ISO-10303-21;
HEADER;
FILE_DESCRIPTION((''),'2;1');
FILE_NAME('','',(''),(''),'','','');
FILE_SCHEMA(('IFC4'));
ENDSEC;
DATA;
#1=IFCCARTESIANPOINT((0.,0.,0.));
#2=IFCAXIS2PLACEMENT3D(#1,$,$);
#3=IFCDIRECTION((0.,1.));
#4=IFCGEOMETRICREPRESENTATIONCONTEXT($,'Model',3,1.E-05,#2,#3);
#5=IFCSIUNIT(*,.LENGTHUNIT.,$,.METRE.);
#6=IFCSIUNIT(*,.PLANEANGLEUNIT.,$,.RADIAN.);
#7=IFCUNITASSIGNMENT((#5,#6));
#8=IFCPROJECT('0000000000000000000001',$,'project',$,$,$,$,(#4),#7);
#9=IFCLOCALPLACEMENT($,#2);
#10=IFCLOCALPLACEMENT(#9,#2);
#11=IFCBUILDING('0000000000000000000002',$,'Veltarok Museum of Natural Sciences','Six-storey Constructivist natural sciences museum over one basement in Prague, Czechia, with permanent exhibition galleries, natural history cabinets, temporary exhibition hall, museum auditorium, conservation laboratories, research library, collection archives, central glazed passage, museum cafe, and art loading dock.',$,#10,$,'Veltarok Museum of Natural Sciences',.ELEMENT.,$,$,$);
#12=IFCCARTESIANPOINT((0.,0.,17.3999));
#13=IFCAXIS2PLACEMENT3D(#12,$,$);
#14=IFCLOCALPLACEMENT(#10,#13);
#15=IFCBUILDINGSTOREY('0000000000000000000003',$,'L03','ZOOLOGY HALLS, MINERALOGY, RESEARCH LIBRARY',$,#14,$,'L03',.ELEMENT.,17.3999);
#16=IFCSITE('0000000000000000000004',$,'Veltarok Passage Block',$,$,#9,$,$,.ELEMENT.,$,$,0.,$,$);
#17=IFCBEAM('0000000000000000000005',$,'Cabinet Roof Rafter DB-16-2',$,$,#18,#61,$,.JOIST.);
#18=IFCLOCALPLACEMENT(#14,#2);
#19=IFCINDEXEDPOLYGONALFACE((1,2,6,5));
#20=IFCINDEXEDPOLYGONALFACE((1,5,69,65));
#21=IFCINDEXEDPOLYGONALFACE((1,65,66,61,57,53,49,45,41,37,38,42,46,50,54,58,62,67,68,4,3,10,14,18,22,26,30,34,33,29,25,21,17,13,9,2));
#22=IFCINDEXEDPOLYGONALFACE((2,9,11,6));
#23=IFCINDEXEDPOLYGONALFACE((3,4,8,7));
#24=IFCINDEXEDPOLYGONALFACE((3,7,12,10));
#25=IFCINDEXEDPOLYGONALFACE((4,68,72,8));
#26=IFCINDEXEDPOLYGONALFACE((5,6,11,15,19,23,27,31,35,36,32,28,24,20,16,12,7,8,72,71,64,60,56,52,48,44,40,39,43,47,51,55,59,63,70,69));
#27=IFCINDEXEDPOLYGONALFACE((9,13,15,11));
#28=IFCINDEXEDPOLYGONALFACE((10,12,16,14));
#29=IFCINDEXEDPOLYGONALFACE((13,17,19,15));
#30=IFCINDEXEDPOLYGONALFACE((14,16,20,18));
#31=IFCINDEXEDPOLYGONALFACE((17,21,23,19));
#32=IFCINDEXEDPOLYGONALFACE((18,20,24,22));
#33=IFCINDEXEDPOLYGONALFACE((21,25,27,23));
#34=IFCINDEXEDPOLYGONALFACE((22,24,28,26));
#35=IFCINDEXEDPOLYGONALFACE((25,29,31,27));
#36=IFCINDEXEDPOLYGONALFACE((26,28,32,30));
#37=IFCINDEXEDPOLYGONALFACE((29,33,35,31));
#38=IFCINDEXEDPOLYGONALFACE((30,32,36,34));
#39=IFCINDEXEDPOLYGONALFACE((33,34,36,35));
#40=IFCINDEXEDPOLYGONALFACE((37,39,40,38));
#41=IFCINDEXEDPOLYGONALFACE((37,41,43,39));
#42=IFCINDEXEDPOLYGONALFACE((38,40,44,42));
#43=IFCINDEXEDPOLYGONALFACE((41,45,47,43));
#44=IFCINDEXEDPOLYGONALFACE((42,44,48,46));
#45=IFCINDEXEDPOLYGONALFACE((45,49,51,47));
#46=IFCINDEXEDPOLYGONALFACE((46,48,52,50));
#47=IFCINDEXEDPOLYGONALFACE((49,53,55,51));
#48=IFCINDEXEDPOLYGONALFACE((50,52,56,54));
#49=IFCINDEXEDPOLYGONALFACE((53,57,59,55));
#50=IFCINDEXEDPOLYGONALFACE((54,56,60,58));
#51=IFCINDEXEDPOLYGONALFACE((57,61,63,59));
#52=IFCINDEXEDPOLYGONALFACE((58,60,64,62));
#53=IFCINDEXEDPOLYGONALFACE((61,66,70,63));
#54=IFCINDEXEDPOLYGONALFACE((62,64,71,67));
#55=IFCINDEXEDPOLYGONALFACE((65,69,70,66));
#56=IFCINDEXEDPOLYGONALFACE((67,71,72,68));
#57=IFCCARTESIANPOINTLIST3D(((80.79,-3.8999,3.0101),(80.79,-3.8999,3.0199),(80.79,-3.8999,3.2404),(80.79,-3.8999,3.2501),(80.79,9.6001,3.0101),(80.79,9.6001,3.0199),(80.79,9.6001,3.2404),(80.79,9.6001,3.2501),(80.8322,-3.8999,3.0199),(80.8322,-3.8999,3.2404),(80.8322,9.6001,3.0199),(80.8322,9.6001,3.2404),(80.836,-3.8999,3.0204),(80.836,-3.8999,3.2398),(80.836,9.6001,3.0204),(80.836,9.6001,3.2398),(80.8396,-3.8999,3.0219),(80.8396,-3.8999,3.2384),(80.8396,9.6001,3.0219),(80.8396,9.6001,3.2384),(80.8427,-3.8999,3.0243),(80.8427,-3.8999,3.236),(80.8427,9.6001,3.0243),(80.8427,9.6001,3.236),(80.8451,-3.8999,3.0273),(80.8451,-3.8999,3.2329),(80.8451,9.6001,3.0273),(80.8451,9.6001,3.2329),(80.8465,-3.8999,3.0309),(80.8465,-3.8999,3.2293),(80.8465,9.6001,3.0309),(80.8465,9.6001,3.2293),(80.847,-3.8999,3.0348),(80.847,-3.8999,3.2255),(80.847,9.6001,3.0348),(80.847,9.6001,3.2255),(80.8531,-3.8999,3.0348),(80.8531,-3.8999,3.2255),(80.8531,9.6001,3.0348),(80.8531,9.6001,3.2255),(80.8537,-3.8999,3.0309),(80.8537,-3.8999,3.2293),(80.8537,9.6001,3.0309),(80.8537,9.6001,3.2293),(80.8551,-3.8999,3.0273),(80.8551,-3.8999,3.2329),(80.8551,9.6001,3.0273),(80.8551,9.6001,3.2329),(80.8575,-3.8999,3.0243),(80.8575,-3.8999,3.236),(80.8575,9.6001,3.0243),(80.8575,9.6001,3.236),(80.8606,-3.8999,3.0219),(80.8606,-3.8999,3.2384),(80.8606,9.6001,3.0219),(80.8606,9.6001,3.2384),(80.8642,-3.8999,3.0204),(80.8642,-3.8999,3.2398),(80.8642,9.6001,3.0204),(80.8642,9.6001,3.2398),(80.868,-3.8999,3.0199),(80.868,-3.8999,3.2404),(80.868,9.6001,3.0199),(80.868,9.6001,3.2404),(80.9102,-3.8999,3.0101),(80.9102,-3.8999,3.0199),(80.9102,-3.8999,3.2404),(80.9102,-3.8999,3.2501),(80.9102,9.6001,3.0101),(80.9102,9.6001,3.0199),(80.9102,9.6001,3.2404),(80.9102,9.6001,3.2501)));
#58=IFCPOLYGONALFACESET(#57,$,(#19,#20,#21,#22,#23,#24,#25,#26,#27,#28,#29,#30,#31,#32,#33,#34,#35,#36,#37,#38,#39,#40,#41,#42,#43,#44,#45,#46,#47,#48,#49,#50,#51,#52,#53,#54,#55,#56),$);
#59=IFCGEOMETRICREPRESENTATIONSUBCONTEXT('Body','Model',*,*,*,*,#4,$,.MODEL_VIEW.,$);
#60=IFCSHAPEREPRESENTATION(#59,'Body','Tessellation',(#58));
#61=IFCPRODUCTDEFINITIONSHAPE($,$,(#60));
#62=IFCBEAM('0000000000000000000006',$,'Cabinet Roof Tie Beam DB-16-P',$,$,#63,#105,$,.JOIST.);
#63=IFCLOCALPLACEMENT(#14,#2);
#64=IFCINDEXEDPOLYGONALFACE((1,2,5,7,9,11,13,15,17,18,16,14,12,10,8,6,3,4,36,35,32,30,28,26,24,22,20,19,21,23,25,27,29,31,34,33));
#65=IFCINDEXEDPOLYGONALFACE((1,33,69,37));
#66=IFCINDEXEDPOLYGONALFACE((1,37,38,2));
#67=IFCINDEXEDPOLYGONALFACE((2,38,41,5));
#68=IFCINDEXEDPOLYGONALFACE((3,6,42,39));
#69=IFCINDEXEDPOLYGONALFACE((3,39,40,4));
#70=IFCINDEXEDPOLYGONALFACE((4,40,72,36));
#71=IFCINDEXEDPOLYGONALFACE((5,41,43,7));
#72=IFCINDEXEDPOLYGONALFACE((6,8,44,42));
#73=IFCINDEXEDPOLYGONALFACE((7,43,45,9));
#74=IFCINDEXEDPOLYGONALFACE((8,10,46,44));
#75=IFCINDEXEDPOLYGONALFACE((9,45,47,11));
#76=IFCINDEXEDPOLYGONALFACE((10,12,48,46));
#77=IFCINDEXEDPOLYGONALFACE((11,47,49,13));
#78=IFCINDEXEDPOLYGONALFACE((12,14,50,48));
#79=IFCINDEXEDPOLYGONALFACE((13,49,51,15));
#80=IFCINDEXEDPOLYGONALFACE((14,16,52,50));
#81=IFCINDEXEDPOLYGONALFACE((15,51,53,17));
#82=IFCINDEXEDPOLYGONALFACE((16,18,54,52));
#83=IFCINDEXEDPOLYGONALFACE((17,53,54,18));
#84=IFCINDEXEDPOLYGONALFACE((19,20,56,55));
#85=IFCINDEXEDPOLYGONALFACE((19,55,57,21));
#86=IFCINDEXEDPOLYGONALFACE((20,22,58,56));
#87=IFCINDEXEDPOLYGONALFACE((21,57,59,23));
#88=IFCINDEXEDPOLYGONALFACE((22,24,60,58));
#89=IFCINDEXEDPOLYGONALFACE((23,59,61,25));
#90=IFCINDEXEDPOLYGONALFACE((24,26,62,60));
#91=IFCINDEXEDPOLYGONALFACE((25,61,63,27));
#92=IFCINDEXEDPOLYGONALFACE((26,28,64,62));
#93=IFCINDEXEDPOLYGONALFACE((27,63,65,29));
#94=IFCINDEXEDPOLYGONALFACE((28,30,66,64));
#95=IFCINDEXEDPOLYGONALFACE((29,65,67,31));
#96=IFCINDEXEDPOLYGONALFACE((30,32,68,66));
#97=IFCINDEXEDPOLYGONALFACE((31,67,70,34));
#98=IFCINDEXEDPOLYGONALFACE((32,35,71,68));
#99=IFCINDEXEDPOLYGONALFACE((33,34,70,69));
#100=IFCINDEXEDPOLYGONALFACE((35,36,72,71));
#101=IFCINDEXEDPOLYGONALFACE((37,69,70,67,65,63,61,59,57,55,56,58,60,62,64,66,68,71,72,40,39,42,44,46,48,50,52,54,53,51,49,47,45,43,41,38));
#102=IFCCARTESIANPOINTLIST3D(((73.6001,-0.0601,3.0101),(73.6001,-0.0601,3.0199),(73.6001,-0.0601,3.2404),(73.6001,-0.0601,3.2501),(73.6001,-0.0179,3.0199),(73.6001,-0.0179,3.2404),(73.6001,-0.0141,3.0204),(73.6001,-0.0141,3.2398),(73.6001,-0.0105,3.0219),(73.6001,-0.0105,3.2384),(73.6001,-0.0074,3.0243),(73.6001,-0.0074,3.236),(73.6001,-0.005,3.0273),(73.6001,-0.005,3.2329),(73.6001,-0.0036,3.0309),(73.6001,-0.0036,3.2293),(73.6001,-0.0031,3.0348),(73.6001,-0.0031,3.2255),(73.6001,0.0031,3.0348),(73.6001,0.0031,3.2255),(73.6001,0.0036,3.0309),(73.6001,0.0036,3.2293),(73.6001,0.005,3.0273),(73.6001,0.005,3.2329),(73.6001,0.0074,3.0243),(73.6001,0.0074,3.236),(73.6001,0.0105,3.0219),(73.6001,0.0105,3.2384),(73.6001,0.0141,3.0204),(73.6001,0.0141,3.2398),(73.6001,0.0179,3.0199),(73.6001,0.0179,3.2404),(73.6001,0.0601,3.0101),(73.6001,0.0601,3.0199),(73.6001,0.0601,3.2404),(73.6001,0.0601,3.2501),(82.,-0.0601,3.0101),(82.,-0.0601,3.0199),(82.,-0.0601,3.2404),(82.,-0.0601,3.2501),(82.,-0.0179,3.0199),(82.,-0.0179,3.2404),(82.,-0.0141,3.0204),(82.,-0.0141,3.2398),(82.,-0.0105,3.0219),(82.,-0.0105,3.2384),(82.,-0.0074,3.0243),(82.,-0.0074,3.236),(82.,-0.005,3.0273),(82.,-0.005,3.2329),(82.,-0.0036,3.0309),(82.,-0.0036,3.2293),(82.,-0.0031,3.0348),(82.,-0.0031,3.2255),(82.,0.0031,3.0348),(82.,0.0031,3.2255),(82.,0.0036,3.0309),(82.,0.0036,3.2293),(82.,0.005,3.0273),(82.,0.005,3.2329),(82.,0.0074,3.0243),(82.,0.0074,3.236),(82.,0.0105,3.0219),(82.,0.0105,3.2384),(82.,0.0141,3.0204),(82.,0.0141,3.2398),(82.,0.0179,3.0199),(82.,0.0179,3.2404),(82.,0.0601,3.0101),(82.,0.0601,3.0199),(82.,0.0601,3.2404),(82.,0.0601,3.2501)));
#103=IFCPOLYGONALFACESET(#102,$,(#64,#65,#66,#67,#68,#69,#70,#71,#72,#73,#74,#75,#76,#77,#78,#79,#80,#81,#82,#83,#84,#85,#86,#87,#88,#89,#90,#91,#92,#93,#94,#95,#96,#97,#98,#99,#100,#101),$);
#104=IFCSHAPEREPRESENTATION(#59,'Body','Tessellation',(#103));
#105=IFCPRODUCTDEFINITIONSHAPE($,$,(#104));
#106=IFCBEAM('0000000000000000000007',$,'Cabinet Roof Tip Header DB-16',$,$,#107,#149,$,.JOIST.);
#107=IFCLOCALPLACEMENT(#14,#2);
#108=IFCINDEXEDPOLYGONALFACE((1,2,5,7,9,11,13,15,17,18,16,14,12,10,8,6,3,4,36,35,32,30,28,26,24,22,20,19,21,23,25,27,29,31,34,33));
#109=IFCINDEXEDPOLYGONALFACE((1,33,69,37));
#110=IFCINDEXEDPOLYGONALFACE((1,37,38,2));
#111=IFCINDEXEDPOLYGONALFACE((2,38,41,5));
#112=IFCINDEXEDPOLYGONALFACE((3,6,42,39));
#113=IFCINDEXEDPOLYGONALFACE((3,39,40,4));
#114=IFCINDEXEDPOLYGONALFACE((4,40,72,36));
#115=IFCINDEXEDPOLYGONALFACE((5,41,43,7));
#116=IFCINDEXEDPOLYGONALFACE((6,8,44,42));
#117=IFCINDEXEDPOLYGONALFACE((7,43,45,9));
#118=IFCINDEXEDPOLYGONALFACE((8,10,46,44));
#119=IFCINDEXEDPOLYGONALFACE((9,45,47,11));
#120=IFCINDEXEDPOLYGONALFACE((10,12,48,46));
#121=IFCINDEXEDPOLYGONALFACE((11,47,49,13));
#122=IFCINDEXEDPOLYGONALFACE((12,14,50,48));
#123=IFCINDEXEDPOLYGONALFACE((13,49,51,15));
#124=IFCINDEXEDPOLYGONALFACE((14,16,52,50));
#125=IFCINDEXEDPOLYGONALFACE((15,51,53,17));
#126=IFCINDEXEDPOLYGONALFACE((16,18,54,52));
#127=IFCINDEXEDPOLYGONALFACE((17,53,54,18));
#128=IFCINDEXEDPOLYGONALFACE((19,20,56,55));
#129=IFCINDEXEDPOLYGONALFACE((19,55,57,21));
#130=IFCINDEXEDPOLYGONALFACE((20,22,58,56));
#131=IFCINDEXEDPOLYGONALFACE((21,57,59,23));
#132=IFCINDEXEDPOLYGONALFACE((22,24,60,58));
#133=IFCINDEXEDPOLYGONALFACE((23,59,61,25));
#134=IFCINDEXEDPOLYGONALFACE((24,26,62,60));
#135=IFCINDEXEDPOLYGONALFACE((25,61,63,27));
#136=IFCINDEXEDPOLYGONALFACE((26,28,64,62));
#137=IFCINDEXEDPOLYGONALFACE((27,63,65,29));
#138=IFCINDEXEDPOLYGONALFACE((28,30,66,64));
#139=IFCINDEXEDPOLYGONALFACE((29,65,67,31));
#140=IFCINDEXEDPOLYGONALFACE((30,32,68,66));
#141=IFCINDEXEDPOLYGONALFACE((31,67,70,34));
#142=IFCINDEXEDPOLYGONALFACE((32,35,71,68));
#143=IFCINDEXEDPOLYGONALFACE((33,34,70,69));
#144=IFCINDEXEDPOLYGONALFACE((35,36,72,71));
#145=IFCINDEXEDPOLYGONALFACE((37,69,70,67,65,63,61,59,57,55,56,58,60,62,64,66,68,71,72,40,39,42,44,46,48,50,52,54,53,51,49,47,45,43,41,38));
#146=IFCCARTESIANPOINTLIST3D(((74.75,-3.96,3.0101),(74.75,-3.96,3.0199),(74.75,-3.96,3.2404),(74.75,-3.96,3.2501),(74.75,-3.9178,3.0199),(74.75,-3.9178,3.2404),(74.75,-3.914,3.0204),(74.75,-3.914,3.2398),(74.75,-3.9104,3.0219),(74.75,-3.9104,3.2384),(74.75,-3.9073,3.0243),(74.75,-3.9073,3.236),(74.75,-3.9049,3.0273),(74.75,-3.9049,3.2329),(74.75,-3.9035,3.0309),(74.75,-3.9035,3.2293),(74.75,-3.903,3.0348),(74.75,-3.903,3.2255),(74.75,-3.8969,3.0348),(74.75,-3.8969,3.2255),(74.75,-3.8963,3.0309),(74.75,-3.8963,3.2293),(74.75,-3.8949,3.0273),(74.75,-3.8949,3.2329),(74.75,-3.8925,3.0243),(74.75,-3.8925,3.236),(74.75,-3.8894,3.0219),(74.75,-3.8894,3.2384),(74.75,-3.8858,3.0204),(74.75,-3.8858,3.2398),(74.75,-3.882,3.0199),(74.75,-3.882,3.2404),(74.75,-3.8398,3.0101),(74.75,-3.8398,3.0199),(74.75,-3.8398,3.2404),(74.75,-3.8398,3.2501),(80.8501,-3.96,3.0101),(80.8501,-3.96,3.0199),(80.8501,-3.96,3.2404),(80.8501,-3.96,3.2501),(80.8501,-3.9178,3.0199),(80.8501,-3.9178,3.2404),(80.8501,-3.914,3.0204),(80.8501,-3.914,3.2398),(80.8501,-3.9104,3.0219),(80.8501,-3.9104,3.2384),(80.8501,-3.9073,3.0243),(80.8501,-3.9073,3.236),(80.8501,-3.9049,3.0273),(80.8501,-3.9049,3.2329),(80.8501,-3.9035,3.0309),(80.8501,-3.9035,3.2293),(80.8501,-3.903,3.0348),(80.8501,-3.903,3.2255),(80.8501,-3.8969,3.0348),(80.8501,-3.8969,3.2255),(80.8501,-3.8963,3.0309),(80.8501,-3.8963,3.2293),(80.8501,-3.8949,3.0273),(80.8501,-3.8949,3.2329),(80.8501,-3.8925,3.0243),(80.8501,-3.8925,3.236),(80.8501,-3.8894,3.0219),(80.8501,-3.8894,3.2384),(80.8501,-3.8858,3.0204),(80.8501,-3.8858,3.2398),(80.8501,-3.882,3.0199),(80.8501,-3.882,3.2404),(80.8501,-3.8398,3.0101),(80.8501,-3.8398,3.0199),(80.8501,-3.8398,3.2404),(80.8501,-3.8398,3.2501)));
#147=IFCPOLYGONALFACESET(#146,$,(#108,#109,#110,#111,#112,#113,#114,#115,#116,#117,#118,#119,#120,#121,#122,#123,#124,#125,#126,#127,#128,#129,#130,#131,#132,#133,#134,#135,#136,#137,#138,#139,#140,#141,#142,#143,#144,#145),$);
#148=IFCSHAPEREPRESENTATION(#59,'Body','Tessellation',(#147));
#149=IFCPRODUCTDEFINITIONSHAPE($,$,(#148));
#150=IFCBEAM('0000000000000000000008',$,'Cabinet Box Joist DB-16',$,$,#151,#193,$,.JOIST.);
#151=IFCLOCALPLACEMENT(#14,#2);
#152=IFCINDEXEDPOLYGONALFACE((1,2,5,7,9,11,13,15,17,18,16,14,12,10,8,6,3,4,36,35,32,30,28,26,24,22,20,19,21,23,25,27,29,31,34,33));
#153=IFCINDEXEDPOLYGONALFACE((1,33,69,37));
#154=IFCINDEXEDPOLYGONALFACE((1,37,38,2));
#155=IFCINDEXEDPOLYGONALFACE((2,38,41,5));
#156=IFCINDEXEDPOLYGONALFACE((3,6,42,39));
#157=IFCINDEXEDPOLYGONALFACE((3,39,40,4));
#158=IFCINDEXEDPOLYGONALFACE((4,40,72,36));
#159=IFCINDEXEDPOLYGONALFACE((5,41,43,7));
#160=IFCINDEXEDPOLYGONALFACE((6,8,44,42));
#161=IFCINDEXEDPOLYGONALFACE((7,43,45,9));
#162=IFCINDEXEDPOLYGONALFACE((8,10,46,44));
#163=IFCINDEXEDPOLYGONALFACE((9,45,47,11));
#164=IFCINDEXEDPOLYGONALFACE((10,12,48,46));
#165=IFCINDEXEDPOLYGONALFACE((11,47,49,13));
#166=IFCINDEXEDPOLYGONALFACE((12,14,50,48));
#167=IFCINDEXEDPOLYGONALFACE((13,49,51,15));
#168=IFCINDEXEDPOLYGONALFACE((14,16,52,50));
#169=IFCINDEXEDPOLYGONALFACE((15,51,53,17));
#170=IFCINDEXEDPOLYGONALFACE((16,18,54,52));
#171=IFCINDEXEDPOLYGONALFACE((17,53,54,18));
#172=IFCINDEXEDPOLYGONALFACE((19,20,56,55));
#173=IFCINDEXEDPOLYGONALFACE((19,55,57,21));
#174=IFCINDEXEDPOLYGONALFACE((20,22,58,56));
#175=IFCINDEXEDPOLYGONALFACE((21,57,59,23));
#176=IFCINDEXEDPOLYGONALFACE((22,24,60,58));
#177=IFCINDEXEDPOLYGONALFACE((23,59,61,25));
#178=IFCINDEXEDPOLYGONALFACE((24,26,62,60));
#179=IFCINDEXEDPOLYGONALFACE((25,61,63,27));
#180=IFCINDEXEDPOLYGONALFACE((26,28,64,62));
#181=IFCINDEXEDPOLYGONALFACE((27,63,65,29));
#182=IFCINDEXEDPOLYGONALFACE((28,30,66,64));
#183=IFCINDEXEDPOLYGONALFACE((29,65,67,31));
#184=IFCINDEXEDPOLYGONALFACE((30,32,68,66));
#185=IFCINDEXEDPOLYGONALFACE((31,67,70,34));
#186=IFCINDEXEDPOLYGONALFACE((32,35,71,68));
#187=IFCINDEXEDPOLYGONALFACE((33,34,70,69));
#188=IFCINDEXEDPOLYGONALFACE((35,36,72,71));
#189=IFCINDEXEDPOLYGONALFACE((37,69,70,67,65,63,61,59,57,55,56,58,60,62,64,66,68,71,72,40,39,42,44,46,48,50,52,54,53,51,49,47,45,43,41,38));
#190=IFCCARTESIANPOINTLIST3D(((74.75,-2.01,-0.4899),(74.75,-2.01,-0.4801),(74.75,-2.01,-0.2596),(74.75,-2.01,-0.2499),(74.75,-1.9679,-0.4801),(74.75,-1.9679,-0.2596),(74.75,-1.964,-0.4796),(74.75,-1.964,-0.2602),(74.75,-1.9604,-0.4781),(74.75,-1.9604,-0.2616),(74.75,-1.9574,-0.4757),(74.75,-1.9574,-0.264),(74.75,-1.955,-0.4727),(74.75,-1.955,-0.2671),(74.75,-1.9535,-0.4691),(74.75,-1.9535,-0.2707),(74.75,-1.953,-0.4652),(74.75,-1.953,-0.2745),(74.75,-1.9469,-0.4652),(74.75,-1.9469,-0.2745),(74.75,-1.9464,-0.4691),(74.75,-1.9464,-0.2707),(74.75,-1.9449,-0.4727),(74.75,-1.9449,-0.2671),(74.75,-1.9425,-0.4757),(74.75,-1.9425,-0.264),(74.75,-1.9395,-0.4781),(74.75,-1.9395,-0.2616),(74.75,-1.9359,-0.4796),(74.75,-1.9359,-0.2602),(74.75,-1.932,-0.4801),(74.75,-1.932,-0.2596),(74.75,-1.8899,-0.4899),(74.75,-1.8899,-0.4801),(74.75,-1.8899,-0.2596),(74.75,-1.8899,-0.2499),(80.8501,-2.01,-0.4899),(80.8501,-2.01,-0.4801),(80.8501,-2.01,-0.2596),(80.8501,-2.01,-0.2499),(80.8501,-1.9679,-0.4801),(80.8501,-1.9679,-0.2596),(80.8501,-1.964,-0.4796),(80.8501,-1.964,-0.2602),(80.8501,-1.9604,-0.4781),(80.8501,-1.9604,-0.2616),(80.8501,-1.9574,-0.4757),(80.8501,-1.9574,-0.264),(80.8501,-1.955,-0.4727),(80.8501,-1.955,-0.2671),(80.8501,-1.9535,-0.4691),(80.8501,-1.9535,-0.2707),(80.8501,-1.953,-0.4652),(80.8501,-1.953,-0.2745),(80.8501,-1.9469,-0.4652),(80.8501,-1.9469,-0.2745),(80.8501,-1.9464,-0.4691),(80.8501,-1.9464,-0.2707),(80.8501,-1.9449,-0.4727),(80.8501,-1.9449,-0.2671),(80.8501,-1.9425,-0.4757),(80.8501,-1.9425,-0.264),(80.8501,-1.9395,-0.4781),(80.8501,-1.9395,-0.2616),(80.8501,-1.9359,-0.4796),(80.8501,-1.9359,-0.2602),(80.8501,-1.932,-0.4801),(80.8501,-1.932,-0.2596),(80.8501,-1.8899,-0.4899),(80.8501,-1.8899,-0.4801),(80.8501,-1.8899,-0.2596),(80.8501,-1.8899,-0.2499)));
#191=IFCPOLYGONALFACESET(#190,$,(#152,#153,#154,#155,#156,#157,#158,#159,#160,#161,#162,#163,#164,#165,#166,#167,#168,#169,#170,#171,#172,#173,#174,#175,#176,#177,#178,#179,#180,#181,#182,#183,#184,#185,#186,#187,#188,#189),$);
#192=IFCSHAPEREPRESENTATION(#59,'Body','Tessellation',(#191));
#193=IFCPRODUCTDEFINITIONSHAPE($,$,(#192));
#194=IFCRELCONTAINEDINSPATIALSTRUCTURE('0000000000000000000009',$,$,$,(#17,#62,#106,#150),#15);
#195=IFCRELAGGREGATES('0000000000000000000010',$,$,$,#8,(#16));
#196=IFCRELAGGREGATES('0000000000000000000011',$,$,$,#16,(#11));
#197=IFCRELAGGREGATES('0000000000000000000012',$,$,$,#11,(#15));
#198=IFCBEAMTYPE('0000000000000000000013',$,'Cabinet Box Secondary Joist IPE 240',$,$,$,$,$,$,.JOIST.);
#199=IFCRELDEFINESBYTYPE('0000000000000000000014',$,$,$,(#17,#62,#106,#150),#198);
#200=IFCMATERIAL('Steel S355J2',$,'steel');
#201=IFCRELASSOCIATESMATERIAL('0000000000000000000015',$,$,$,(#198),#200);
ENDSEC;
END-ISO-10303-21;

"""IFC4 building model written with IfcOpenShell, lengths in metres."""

from ifc_helpers import new_model, si_unit, direction, frame, origin, origin_2d, place, context, subcontext, project, spatial, i_section, extrude, material, material_profile, profile_set, type_object, element, save


model = new_model("IFC4")

# Units and contexts
model_context = context("Model", 3, precision=1e-05, world=origin(), true_north=direction((0.0, 1.0)))
body_context = subcontext(model_context, "Body", "Model", "MODEL_VIEW")
ifc_project = project(units=[si_unit("LENGTHUNIT", "METRE"), si_unit("PLANEANGLEUNIT", "RADIAN")], contexts=[model_context])

# Site, building, storey
site_placement = place(None, origin())
site = spatial("IfcSite", under=ifc_project, at=site_placement, Name="Veltarok Passage Block", CompositionType="ELEMENT", RefElevation=0.0)
building_placement = place(site_placement, origin())
building = spatial("IfcBuilding", under=site, at=building_placement, Name="Veltarok Museum of Natural Sciences", Description="Six-storey Constructivist natural sciences museum over one basement in Prague, Czechia, with permanent exhibition galleries, natural history cabinets, temporary exhibition hall, museum auditorium, conservation laboratories, research library, collection archives, central glazed passage, museum cafe, and art loading dock.", LongName="Veltarok Museum of Natural Sciences", CompositionType="ELEMENT")
storey_placement = place(building_placement, frame((0.0, 0.0, 17.3999)))
storey = spatial("IfcBuildingStorey", under=building, at=storey_placement, Name="L03", Description="ZOOLOGY HALLS, MINERALOGY, RESEARCH LIBRARY", LongName="L03", CompositionType="ELEMENT", Elevation=17.3999)

# Beams
ifc_material_1 = material(Name="Steel S355J2", Category="steel")
ifc_material_profile_1 = material_profile(ifc_material_1, i_section(OverallWidth=0.1201, OverallDepth=0.24, WebThickness=0.0061, FlangeThickness=0.0098, FilletRadius=0.0149, at=origin_2d()), Name="IPE 240")
ifc_profile_set_1 = profile_set([ifc_material_profile_1], Name="Steel S355J2")
beam_type_1 = type_object("IfcBeamType", Name="Cabinet Box Secondary Joist IPE 240", PredefinedType="JOIST", material=ifc_profile_set_1)
for number, where, z_axis, x_axis, name in (
    (1, (80.8501, -3.8999, 3.1301), (0.0, 1.0, 0.0), (-1.0, 0.0, 0.0), "Cabinet Roof Rafter DB-16-2"),
):
    element("IfcBeam", number, at=place(storey_placement, frame(where, z_axis=z_axis, x_axis=x_axis)), inside=storey, type_object=beam_type_1, Name=name, PredefinedType="JOIST", context=body_context, shape_type="SweptSolid", body=[
        extrude(i_section(OverallWidth=0.1201, OverallDepth=0.24, WebThickness=0.0061, FlangeThickness=0.0098, FilletRadius=0.0149, at=origin_2d()), origin(), (0.0, 0.0, 1.0), 13.5),
    ])
beam_1_placement = place(storey_placement, frame((73.6001, 0.0, 3.1301), z_axis=(1.0, 0.0, 0.0), x_axis=(0.0, 1.0, 0.0)))
element("IfcBeam", 2, at=beam_1_placement, inside=storey, type_object=beam_type_1, Name="Cabinet Roof Tie Beam DB-16-P", PredefinedType="JOIST", context=body_context, shape_type="SweptSolid", body=[
    extrude(i_section(OverallWidth=0.1201, OverallDepth=0.24, WebThickness=0.0061, FlangeThickness=0.0098, FilletRadius=0.0149, at=origin_2d()), origin(), (0.0, 0.0, 1.0), 8.3999),
])
for number, where, z_axis, x_axis, name in (
    (3, (74.75, -3.8999, 3.1301), (1.0, 0.0, 0.0), (0.0, 1.0, 0.0), "Cabinet Roof Tip Header DB-16"),
    (4, (74.75, -1.95, -0.3699), (1.0, 0.0, 0.0), (0.0, 1.0, 0.0), "Cabinet Box Joist DB-16"),
):
    element("IfcBeam", number, at=place(storey_placement, frame(where, z_axis=z_axis, x_axis=x_axis)), inside=storey, type_object=beam_type_1, Name=name, PredefinedType="JOIST", context=body_context, shape_type="SweptSolid", body=[
        extrude(i_section(OverallWidth=0.1201, OverallDepth=0.24, WebThickness=0.0061, FlangeThickness=0.0098, FilletRadius=0.0149, at=origin_2d()), origin(), (0.0, 0.0, 1.0), 6.1001),
    ])

save(model, "model.ifc")
